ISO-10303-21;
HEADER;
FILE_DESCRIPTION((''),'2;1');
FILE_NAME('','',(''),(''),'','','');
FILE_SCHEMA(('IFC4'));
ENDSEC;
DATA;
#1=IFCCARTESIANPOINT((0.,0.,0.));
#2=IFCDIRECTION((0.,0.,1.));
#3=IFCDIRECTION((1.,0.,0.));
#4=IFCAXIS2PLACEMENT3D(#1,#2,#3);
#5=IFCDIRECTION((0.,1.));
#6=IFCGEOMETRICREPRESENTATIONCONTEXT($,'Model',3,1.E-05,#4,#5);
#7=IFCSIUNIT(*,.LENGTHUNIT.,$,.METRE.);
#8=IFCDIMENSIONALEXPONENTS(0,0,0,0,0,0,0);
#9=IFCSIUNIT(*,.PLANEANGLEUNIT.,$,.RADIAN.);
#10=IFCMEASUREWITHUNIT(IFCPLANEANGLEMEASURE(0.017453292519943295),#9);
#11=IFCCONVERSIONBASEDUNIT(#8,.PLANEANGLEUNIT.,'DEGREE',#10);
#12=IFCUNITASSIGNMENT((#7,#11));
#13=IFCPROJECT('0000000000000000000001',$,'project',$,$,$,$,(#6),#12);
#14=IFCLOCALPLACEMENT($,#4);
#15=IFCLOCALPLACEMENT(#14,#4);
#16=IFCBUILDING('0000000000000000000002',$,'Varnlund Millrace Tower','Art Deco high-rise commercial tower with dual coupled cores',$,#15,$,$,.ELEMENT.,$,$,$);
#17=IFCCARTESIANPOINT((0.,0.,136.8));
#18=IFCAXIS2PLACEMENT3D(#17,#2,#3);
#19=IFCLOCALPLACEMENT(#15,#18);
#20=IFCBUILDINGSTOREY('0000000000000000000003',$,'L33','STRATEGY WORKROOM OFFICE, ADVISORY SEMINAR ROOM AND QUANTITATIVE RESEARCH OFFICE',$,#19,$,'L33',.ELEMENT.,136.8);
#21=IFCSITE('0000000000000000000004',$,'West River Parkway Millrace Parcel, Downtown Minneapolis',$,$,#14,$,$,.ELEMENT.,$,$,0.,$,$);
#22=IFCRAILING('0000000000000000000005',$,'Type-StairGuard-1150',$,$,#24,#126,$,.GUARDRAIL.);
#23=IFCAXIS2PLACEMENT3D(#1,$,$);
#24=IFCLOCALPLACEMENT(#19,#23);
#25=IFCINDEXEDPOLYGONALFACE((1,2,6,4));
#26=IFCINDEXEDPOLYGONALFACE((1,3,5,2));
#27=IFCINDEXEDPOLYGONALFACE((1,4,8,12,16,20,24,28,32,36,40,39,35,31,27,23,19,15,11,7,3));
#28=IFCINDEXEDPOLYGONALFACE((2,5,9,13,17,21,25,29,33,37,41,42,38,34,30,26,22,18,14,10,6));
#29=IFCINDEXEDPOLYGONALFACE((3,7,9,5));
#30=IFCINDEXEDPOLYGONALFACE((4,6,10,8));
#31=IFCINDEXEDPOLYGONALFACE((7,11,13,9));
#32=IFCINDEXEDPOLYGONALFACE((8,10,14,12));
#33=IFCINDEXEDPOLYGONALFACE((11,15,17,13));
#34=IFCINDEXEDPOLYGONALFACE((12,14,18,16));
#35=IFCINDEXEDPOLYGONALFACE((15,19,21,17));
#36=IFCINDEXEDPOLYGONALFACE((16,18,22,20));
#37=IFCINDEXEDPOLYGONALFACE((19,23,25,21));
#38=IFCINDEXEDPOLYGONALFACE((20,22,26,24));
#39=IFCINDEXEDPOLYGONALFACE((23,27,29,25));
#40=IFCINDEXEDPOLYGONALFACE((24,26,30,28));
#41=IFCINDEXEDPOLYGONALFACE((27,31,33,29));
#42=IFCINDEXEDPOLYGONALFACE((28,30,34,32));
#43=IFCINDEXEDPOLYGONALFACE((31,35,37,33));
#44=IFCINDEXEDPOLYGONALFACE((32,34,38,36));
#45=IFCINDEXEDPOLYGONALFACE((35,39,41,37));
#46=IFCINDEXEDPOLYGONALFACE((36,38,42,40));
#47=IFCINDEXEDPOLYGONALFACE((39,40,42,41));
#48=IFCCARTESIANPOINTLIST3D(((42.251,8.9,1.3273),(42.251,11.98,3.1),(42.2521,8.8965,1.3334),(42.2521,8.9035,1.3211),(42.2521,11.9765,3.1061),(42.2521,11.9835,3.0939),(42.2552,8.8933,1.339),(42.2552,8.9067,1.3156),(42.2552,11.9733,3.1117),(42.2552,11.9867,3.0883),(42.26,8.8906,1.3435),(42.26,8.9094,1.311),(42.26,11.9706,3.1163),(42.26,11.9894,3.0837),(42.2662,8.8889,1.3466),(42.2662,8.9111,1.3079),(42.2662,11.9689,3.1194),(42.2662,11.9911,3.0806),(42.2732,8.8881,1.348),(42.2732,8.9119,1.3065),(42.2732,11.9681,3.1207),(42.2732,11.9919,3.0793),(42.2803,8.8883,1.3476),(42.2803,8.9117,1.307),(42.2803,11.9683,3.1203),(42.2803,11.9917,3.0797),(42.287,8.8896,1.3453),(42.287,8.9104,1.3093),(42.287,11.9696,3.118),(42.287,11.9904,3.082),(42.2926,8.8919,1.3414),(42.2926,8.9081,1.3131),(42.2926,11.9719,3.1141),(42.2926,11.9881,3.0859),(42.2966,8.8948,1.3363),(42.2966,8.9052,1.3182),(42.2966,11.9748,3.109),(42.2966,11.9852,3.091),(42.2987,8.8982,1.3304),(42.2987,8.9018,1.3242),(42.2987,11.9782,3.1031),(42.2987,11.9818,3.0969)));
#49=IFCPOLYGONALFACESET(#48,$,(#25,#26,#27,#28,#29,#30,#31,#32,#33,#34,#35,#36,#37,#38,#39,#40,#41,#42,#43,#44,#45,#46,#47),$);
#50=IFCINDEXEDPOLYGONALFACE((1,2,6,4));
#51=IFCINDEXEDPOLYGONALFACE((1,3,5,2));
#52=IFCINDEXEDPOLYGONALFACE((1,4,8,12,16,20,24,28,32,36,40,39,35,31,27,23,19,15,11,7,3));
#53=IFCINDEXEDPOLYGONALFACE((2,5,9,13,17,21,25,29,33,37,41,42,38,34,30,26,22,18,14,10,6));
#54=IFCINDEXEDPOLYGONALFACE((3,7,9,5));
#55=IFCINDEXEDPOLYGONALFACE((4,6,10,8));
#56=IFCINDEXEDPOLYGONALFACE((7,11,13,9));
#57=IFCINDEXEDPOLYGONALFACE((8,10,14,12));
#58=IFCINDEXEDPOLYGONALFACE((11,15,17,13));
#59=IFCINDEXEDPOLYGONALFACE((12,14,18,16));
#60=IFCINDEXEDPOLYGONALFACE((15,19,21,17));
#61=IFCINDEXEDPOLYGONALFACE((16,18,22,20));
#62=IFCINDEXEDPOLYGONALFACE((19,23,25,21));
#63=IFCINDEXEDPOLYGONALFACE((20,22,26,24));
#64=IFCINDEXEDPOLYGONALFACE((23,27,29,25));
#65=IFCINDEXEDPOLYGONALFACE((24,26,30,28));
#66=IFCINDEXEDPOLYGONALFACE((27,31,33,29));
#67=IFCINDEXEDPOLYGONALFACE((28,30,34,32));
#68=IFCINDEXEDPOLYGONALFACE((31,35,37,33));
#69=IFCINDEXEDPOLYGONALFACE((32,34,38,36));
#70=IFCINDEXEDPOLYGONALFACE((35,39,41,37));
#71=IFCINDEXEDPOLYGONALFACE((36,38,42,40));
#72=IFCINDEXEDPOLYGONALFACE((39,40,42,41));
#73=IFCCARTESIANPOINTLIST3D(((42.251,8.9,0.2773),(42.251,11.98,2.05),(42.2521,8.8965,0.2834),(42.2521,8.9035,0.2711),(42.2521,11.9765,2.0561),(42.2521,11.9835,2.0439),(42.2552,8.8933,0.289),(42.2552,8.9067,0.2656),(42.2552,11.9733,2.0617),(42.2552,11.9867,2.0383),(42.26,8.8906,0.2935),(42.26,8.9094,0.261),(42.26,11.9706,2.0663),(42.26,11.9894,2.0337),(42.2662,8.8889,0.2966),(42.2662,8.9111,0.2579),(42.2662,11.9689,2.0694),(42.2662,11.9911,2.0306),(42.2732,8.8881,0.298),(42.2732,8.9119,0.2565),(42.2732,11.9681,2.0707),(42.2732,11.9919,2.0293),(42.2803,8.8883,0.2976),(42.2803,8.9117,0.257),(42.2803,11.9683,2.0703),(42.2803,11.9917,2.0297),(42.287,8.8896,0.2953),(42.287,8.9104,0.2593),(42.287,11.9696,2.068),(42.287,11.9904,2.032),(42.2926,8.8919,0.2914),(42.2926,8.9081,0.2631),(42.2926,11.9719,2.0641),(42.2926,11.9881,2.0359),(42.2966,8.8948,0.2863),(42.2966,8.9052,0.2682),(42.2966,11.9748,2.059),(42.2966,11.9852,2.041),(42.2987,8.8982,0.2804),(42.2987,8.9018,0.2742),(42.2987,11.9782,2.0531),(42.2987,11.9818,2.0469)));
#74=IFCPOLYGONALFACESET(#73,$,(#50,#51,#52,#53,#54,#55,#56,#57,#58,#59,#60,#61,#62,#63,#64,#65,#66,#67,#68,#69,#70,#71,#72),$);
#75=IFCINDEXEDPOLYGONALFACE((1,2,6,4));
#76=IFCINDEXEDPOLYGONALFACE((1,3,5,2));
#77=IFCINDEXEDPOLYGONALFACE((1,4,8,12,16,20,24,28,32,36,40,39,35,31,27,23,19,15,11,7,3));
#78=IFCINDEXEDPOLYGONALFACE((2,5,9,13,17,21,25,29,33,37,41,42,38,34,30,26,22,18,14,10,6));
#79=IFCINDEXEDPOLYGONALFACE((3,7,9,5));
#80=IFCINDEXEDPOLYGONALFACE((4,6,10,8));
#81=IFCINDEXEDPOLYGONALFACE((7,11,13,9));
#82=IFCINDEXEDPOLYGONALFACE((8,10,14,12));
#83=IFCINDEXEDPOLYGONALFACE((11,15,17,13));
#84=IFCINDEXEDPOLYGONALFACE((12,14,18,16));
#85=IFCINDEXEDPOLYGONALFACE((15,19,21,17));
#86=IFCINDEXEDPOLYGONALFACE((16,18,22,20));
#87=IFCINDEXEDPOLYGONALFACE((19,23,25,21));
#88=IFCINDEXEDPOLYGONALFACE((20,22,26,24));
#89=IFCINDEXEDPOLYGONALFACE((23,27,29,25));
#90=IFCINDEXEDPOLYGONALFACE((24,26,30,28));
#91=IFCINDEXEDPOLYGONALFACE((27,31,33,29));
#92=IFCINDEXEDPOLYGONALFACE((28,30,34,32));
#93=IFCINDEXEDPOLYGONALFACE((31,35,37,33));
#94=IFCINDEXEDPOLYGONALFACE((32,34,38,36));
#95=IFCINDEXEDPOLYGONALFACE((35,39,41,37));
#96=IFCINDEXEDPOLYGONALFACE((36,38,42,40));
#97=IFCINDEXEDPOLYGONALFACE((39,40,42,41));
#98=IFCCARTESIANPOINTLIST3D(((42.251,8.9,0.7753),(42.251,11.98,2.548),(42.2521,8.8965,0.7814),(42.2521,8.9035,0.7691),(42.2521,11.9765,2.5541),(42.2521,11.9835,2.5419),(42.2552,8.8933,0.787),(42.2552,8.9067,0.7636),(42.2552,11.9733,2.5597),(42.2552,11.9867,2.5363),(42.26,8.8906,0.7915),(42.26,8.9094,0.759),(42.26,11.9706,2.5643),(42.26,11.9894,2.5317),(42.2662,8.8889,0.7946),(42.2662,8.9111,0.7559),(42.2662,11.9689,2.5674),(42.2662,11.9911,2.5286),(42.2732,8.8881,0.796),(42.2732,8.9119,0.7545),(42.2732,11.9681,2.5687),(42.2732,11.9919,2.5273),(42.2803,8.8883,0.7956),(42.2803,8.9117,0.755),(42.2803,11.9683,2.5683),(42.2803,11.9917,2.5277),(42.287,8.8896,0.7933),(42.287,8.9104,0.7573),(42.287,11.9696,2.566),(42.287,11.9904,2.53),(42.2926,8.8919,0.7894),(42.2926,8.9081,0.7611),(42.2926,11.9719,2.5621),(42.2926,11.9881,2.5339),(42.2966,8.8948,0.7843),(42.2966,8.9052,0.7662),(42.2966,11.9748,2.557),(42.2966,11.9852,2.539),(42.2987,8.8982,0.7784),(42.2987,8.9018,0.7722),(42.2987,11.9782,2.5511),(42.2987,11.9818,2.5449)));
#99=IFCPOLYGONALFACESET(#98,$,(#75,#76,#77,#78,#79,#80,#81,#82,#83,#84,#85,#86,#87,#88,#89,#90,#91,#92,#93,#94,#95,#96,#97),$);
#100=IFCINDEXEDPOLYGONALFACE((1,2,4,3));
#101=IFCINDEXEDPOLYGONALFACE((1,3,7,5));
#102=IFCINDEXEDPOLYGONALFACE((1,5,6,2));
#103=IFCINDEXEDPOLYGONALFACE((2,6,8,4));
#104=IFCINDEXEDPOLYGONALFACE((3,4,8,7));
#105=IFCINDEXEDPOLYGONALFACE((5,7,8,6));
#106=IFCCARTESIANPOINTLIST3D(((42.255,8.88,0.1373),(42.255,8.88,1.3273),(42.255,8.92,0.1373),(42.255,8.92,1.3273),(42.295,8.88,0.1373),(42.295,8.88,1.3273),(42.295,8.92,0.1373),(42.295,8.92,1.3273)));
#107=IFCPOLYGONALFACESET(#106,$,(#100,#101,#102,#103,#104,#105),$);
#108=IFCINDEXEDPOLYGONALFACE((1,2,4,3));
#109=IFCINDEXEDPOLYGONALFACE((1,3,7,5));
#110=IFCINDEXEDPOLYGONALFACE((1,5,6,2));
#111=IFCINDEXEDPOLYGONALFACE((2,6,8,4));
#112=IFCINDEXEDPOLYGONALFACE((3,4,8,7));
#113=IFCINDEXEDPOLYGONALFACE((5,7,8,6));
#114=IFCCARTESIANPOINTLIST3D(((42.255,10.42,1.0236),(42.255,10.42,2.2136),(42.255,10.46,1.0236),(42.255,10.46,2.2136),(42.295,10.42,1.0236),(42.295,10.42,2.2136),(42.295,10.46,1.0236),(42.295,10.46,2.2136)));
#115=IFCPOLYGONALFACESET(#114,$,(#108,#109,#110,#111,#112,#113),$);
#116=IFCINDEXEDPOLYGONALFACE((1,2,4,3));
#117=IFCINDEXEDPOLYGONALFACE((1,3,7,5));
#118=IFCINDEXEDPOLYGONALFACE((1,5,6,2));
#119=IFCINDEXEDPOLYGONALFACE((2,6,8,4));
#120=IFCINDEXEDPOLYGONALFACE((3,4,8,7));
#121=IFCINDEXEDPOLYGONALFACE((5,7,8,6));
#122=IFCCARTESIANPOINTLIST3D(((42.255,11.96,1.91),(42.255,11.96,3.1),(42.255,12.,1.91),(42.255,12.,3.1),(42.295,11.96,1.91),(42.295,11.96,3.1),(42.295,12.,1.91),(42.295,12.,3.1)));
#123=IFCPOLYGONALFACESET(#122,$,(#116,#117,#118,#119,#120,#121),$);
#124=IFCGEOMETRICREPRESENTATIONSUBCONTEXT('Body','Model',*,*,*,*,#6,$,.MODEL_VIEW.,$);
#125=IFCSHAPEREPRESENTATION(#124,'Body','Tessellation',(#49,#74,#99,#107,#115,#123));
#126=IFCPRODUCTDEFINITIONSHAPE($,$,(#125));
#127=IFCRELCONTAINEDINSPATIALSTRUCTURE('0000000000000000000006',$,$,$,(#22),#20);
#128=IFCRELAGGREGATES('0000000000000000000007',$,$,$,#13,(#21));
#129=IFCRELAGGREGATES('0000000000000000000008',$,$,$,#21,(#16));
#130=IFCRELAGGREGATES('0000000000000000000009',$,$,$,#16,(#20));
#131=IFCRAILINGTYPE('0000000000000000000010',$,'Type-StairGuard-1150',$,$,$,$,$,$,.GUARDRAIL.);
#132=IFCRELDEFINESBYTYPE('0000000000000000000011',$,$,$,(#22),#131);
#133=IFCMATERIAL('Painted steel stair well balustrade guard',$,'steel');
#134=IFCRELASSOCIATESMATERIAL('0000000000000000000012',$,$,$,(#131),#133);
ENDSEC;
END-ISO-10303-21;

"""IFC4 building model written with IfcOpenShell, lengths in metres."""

from ifc_helpers import new_model, entity, si_unit, converted_unit, direction, frame, origin_with_axes, origin_2d_with_axis, place, context, subcontext, project, spatial, rectangle, circle, extrude, material, type_object, element, save


model = new_model("IFC4")

# Units and contexts
model_context = context("Model", 3, precision=1e-05, world=origin_with_axes(), true_north=direction((0.0, 1.0)))
body_context = subcontext(model_context, "Body", "Model", "MODEL_VIEW")
ifc_project = project(units=[si_unit("LENGTHUNIT", "METRE"), converted_unit("PLANEANGLEUNIT", "DEGREE", entity("IfcPlaneAngleMeasure", 0.017453292519943295), si_unit("PLANEANGLEUNIT", "RADIAN"), dimensions=[0, 0, 0, 0, 0, 0, 0])], contexts=[model_context])

# Site, building, storey
site_placement = place(None, origin_with_axes())
site = spatial("IfcSite", under=ifc_project, at=site_placement, Name="West River Parkway Millrace Parcel, Downtown Minneapolis", CompositionType="ELEMENT", RefElevation=0.0)
building_placement = place(site_placement, origin_with_axes())
building = spatial("IfcBuilding", under=site, at=building_placement, Name="Varnlund Millrace Tower", Description="Art Deco high-rise commercial tower with dual coupled cores", CompositionType="ELEMENT")
storey_placement = place(building_placement, frame((0.0, 0.0, 136.8), z_axis=(0.0, 0.0, 1.0), x_axis=(1.0, 0.0, 0.0)))
storey = spatial("IfcBuildingStorey", under=building, at=storey_placement, Name="L33", Description="STRATEGY WORKROOM OFFICE, ADVISORY SEMINAR ROOM AND QUANTITATIVE RESEARCH OFFICE", LongName="L33", CompositionType="ELEMENT", Elevation=136.8)

# Railing
ifc_material_1 = material(Name="Painted steel stair well balustrade guard", Category="steel")
railing_type_1 = type_object("IfcRailingType", Name="Type-StairGuard-1150", PredefinedType="GUARDRAIL", material=ifc_material_1)
railing_1_placement = place(storey_placement, frame((0.0, 0.0, -136.8), z_axis=(0.0, 0.0, 1.0), x_axis=(1.0, 0.0, 0.0)))
element("IfcRailing", 1, at=railing_1_placement, inside=storey, type_object=railing_type_1, Name="Type-StairGuard-1150", PredefinedType="GUARDRAIL", context=body_context, shape_type="SweptSolid", body=[
    extrude(circle(Radius=0.024, at=origin_2d_with_axis()), frame((42.275, 8.9, 138.1273), z_axis=(0.0, 0.866696, 0.498836), x_axis=(-1.0, 0.0, 0.0)), (0.0, 0.0, 1.0), 3.5537),
    extrude(circle(Radius=0.024, at=origin_2d_with_axis()), frame((42.275, 8.9, 137.0773), z_axis=(0.0, 0.866696, 0.498836), x_axis=(-1.0, 0.0, 0.0)), (0.0, 0.0, 1.0), 3.5537),
    extrude(circle(Radius=0.024, at=origin_2d_with_axis()), frame((42.275, 8.9, 137.5753), z_axis=(0.0, 0.866696, 0.498836), x_axis=(-1.0, 0.0, 0.0)), (0.0, 0.0, 1.0), 3.5537),
    extrude(rectangle(XDim=0.04, YDim=0.04, at=origin_2d_with_axis()), frame((42.275, 8.9, 136.9373), z_axis=(0.0, 0.0, 1.0), x_axis=(1.0, 0.0, 0.0)), (0.0, 0.0, 1.0), 1.19),
    extrude(rectangle(XDim=0.04, YDim=0.04, at=origin_2d_with_axis()), frame((42.275, 10.44, 137.8236), z_axis=(0.0, 0.0, 1.0), x_axis=(1.0, 0.0, 0.0)), (0.0, 0.0, 1.0), 1.19),
    extrude(rectangle(XDim=0.04, YDim=0.04, at=origin_2d_with_axis()), frame((42.275, 11.98, 138.71), z_axis=(0.0, 0.0, 1.0), x_axis=(1.0, 0.0, 0.0)), (0.0, 0.0, 1.0), 1.19),
])

save(model, "model.ifc")
